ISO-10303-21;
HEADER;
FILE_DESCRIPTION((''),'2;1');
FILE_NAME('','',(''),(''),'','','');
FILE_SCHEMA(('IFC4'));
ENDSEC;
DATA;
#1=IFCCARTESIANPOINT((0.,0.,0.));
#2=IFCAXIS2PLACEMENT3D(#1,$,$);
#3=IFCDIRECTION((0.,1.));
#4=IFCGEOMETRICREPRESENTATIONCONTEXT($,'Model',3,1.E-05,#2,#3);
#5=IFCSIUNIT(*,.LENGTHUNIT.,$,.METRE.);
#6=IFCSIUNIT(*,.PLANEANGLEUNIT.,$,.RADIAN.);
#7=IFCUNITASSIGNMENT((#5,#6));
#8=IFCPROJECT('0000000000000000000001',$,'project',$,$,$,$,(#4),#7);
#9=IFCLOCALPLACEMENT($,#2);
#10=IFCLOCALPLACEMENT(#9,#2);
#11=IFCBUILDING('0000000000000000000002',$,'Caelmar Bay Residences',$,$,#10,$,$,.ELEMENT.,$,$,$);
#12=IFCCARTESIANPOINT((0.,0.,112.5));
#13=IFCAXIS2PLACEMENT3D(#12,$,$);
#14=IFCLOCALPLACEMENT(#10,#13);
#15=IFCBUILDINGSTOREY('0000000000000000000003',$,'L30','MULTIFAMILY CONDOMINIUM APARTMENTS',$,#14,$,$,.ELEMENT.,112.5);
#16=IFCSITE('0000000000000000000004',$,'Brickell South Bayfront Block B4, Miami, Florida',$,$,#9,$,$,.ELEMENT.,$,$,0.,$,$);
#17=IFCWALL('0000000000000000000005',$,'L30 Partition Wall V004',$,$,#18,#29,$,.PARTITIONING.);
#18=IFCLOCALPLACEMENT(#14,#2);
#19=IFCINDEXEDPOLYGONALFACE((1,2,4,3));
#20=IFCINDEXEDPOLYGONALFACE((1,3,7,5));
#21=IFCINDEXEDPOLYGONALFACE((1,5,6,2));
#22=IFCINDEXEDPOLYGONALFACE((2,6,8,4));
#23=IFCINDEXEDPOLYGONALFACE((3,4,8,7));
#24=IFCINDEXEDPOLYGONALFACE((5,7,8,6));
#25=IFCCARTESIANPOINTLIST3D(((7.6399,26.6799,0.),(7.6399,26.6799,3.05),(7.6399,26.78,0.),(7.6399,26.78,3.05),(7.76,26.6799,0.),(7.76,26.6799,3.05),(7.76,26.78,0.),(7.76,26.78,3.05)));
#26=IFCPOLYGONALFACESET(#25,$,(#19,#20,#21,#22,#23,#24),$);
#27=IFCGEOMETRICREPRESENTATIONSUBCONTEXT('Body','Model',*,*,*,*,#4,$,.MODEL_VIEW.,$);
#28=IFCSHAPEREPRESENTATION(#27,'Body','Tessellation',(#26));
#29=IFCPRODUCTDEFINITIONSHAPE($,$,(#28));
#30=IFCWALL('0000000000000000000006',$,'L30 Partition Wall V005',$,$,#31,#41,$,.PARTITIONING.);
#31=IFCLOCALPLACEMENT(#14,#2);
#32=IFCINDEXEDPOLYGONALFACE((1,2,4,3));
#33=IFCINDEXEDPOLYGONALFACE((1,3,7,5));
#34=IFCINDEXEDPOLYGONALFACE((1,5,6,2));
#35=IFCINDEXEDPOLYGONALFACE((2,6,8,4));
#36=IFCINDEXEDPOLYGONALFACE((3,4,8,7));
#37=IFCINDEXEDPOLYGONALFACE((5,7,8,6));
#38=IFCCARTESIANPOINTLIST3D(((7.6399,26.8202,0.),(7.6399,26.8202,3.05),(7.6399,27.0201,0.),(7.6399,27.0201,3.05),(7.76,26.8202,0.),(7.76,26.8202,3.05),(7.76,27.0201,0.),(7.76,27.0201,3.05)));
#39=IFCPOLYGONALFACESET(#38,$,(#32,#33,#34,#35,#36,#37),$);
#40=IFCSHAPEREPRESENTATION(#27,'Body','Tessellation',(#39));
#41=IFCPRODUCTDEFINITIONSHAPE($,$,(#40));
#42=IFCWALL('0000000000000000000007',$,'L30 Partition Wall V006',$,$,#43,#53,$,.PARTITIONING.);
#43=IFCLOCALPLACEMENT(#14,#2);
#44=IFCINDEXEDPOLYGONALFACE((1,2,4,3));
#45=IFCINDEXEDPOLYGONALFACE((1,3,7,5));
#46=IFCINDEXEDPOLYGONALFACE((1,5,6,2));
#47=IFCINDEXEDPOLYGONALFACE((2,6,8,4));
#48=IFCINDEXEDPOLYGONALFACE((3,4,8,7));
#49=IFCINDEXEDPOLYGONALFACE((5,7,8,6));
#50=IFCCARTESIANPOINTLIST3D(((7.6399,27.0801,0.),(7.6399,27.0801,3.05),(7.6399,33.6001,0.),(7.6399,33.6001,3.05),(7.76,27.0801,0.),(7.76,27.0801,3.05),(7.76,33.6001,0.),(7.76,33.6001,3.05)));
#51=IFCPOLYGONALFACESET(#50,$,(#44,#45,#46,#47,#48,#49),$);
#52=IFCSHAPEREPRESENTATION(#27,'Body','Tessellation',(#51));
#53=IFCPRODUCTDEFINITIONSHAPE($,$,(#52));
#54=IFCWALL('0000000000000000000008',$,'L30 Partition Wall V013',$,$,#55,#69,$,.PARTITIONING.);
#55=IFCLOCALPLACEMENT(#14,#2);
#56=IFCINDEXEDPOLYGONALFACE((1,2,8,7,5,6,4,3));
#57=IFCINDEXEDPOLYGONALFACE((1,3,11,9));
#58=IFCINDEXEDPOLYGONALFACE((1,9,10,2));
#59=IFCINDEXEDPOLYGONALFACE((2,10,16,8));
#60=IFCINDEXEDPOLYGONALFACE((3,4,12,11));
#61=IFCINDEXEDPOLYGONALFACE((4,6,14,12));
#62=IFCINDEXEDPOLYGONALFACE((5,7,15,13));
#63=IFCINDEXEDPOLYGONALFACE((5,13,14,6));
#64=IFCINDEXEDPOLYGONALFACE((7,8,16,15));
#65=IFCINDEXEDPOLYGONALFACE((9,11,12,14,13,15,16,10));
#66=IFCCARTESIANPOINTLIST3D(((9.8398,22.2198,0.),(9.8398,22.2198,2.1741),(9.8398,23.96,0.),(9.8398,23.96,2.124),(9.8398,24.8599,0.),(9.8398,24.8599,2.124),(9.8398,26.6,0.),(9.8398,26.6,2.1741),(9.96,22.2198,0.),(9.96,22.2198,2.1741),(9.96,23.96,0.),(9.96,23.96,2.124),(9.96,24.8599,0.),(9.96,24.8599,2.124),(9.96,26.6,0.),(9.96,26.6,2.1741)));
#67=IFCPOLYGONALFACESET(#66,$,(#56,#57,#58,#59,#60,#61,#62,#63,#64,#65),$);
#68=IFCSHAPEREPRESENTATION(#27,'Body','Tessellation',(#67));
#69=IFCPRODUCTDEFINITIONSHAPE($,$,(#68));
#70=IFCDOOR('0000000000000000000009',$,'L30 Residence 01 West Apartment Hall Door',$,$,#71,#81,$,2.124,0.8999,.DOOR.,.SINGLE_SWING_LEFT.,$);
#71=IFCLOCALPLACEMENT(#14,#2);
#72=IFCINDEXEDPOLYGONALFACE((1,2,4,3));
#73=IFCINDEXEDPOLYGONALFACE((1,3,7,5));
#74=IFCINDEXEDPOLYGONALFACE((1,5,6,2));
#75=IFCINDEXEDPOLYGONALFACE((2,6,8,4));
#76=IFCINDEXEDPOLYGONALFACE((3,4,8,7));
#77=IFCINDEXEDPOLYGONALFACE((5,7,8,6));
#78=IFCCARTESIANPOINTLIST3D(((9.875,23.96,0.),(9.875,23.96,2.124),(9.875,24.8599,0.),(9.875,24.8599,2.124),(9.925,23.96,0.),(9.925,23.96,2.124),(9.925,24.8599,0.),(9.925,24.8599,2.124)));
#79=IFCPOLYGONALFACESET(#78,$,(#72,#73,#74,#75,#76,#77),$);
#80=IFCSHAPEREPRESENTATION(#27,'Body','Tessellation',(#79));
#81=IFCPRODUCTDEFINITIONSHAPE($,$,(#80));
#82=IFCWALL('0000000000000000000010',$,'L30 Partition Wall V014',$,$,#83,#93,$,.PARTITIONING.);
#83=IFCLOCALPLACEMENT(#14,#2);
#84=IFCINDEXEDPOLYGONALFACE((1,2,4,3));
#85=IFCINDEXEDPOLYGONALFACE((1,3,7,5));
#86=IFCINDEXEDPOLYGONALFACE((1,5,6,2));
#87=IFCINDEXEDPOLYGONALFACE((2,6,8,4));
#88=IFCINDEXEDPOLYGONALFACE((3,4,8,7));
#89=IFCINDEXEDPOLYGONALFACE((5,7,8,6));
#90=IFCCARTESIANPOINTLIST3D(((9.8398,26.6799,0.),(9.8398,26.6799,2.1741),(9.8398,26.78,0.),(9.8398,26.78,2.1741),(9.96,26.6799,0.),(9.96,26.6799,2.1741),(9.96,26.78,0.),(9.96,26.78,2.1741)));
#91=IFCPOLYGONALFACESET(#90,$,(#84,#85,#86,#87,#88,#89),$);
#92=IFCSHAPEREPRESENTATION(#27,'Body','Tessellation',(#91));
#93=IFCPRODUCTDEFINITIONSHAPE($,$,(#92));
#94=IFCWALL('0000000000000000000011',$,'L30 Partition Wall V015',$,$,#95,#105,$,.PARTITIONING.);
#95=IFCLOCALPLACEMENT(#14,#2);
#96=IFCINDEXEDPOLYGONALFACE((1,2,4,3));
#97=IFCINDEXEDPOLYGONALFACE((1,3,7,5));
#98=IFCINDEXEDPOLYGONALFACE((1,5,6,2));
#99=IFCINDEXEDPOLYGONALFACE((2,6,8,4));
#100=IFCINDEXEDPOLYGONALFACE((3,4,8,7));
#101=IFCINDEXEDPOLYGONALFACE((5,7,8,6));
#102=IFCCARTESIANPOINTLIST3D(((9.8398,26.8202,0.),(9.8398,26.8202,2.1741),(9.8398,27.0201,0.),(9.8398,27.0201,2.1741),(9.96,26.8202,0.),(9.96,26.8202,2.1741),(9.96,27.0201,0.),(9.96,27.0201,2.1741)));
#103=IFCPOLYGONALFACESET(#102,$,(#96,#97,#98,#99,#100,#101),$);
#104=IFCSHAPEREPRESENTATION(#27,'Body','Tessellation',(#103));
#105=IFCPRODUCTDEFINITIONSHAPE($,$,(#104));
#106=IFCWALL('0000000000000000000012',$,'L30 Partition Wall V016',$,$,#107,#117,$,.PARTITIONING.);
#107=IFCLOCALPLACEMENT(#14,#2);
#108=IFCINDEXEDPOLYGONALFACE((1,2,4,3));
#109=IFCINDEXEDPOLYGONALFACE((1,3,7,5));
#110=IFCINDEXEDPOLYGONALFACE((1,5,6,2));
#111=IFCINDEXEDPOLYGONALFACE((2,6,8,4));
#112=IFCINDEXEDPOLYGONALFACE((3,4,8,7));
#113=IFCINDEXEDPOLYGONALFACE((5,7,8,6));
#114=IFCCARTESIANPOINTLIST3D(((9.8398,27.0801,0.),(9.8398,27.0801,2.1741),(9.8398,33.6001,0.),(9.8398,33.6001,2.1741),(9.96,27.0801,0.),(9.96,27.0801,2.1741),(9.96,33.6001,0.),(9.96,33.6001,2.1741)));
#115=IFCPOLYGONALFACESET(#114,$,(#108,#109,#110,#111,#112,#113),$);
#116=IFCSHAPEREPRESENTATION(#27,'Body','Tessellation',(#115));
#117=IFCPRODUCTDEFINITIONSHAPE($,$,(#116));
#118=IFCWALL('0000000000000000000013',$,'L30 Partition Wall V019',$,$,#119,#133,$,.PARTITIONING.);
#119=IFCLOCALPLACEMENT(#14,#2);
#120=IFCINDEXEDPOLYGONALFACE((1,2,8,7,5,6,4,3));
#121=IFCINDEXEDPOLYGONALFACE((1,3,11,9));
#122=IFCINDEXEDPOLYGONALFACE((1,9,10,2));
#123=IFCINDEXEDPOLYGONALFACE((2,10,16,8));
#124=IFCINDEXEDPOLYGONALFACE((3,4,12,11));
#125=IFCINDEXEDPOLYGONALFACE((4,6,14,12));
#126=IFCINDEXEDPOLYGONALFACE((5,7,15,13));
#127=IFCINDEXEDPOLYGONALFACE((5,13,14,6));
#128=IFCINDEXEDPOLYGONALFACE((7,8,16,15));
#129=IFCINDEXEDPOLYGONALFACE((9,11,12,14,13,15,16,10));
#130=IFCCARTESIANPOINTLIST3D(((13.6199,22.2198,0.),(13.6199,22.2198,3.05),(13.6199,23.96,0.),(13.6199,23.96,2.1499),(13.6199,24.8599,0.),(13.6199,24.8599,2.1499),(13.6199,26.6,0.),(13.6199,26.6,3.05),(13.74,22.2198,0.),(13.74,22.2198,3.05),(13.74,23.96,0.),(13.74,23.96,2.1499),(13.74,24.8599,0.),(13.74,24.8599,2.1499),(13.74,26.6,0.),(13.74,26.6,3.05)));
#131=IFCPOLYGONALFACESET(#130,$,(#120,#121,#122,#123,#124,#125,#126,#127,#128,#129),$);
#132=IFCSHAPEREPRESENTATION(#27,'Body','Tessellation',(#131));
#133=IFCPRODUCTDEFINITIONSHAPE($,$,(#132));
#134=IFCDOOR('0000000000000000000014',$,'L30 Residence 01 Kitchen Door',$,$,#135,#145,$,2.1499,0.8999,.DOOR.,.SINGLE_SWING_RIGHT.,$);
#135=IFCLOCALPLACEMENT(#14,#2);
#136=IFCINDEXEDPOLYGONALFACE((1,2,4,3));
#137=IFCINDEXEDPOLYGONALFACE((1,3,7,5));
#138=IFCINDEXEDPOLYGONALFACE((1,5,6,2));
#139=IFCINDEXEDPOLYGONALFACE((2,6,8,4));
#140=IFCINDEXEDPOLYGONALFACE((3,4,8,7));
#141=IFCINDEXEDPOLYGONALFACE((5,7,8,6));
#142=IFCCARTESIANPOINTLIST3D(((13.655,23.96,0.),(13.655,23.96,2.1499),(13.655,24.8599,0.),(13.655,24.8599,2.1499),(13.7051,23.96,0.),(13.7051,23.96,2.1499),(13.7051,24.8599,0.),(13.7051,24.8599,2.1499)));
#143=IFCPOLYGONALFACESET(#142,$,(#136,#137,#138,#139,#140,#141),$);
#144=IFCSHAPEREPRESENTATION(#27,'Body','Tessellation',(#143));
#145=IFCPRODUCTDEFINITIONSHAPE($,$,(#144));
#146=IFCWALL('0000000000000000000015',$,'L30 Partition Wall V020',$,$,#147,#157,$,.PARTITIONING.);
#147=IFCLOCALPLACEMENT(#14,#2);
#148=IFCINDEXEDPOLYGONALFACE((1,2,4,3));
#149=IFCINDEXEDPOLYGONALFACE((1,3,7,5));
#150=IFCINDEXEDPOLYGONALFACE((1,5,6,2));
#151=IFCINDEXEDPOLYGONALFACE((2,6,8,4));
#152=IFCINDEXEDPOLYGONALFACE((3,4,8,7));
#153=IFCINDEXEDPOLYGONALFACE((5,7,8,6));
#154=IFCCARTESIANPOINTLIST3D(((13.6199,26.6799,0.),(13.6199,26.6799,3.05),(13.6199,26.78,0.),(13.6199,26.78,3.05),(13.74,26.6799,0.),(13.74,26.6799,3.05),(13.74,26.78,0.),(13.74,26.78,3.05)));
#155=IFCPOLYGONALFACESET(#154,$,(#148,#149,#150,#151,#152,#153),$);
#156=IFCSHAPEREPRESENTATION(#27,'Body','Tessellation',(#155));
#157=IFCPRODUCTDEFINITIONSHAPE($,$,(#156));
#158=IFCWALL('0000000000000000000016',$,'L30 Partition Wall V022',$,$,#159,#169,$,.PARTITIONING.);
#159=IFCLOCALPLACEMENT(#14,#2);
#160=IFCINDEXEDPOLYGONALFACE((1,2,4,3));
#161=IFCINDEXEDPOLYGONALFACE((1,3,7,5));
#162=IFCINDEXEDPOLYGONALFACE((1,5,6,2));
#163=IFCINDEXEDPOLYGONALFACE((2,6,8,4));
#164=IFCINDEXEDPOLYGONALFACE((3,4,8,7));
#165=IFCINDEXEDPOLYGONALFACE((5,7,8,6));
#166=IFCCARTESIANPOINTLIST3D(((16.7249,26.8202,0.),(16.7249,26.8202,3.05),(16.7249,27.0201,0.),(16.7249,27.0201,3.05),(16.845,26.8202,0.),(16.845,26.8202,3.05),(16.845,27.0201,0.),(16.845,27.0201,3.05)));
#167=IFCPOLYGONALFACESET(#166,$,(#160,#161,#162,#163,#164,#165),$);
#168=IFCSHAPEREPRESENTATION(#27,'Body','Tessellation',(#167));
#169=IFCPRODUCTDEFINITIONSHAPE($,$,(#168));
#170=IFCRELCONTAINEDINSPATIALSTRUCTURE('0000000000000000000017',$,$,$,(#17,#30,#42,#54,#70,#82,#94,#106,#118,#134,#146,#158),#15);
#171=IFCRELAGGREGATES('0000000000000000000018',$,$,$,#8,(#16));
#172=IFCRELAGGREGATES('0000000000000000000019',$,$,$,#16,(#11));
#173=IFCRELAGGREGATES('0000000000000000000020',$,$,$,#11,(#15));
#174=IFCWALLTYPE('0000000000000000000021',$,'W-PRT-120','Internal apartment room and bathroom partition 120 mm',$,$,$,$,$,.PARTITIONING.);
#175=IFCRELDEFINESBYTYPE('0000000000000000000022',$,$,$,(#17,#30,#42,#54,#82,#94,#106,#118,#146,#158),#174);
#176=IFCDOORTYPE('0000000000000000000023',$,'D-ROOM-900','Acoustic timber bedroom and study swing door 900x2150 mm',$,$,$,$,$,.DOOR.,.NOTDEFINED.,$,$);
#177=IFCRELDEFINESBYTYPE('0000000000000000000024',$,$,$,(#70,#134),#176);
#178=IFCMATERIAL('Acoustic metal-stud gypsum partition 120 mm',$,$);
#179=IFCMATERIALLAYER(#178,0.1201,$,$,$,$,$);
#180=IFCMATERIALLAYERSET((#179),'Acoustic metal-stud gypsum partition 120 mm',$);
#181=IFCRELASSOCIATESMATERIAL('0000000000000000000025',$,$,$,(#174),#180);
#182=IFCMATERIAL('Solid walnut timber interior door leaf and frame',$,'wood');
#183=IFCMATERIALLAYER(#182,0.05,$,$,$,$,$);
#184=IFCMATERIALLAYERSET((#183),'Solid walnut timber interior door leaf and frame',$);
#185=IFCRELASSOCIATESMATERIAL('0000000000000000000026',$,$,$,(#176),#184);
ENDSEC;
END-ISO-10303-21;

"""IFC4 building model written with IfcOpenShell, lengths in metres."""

from ifc_helpers import new_model, si_unit, direction, frame, frame_2d, origin, place, context, subcontext, project, spatial, rectangle, extrude, material, layer, layer_set, type_object, element, fill, save


model = new_model("IFC4")

# Units and contexts
model_context = context("Model", 3, precision=1e-05, world=origin(), true_north=direction((0.0, 1.0)))
body_context = subcontext(model_context, "Body", "Model", "MODEL_VIEW")
ifc_project = project(units=[si_unit("LENGTHUNIT", "METRE"), si_unit("PLANEANGLEUNIT", "RADIAN")], contexts=[model_context])

# Site, building, storey
site_placement = place(None, origin())
site = spatial("IfcSite", under=ifc_project, at=site_placement, Name="Brickell South Bayfront Block B4, Miami, Florida", CompositionType="ELEMENT", RefElevation=0.0)
building_placement = place(site_placement, origin())
building = spatial("IfcBuilding", under=site, at=building_placement, Name="Caelmar Bay Residences", CompositionType="ELEMENT")
storey_placement = place(building_placement, frame((0.0, 0.0, 112.5)))
storey = spatial("IfcBuildingStorey", under=building, at=storey_placement, Name="L30", Description="MULTIFAMILY CONDOMINIUM APARTMENTS", CompositionType="ELEMENT", Elevation=112.5)

# Walls
ifc_material_1 = material(Name="Acoustic metal-stud gypsum partition 120 mm")
ifc_layer_1 = layer(ifc_material_1, 0.1201)
ifc_layer_set_1 = layer_set([ifc_layer_1], Name="Acoustic metal-stud gypsum partition 120 mm")
wall_type_1 = type_object("IfcWallType", Name="W-PRT-120", Description="Internal apartment room and bathroom partition 120 mm", PredefinedType="PARTITIONING", material=ifc_layer_set_1)
wall_1_placement = place(storey_placement, frame((7.7, 26.6799, 0.0), z_axis=(0.0, 0.0, 1.0), x_axis=(0.0, 1.0, 0.0)))
element("IfcWall", 1, at=wall_1_placement, inside=storey, type_object=wall_type_1, Name="L30 Partition Wall V004", PredefinedType="PARTITIONING", context=body_context, shape_type="SweptSolid", body=[
    extrude(rectangle(XDim=0.1001, YDim=0.1201, at=frame_2d((0.05, 0.0))), origin(), (0.0, 0.0, 1.0), 3.05),
])
wall_2_placement = place(storey_placement, frame((7.7, 26.8201, 0.0), z_axis=(0.0, 0.0, 1.0), x_axis=(0.0, 1.0, 0.0)))
element("IfcWall", 2, at=wall_2_placement, inside=storey, type_object=wall_type_1, Name="L30 Partition Wall V005", PredefinedType="PARTITIONING", context=body_context, shape_type="SweptSolid", body=[
    extrude(rectangle(XDim=0.2, YDim=0.1201, at=frame_2d((0.1001, 0.0))), origin(), (0.0, 0.0, 1.0), 3.05),
])
wall_3_placement = place(storey_placement, frame((7.7, 27.0801, 0.0), z_axis=(0.0, 0.0, 1.0), x_axis=(0.0, 1.0, 0.0)))
element("IfcWall", 3, at=wall_3_placement, inside=storey, type_object=wall_type_1, Name="L30 Partition Wall V006", PredefinedType="PARTITIONING", context=body_context, shape_type="SweptSolid", body=[
    extrude(rectangle(XDim=6.52, YDim=0.1201, at=frame_2d((3.26, 0.0))), origin(), (0.0, 0.0, 1.0), 3.05),
])

# Wall, opening, door
wall_4_placement = place(storey_placement, frame((9.8999, 22.22, 0.0), z_axis=(0.0, 0.0, 1.0), x_axis=(0.0, 1.0, 0.0)))
wall_4 = element("IfcWall", 4, at=wall_4_placement, inside=storey, type_object=wall_type_1, Name="L30 Partition Wall V013", PredefinedType="PARTITIONING", context=body_context, shape_type="SweptSolid", body=[
    extrude(rectangle(XDim=4.3801, YDim=0.1201, at=frame_2d((2.1899, 0.0))), origin(), (0.0, 0.0, 1.0), 2.1741),
])
opening_1_placement = place(wall_4_placement, frame((1.74, 0.0, 0.0)))
opening_1 = element("IfcOpeningElement", 5, at=opening_1_placement, cuts=wall_4, PredefinedType="OPENING", context=body_context, shape_type="SweptSolid", body=[
    extrude(rectangle(XDim=0.8999, YDim=2.124, at=frame_2d((0.45, 1.062))), frame((0.0, 0.0701, 0.0), z_axis=(0.0, -1.0, 0.0), x_axis=(1.0, 0.0, 0.0)), (0.0, 0.0, 1.0), 0.1401),
])
ifc_material_2 = material(Name="Solid walnut timber interior door leaf and frame", Category="wood")
ifc_layer_2 = layer(ifc_material_2, 0.05)
ifc_layer_set_2 = layer_set([ifc_layer_2], Name="Solid walnut timber interior door leaf and frame")
door_type_1 = type_object("IfcDoorType", Name="D-ROOM-900", Description="Acoustic timber bedroom and study swing door 900x2150 mm", OperationType="NOTDEFINED", PredefinedType="DOOR", material=ifc_layer_set_2)
door_1_placement = place(opening_1_placement, origin())
door_1 = element("IfcDoor", 6, at=door_1_placement, inside=storey, type_object=door_type_1, Name="L30 Residence 01 West Apartment Hall Door", OperationType="SINGLE_SWING_LEFT", OverallHeight=2.124, OverallWidth=0.8999, PredefinedType="DOOR", context=body_context, shape_type="SweptSolid", body=[
    extrude(rectangle(XDim=0.8999, YDim=2.124, at=frame_2d((0.45, 1.062))), frame((0.0, 0.0249, 0.0), z_axis=(0.0, -1.0, 0.0), x_axis=(1.0, 0.0, 0.0)), (0.0, 0.0, 1.0), 0.05),
])
fill(opening_1, door_1)

# Walls
wall_5_placement = place(storey_placement, frame((9.8999, 26.6799, 0.0), z_axis=(0.0, 0.0, 1.0), x_axis=(0.0, 1.0, 0.0)))
element("IfcWall", 7, at=wall_5_placement, inside=storey, type_object=wall_type_1, Name="L30 Partition Wall V014", PredefinedType="PARTITIONING", context=body_context, shape_type="SweptSolid", body=[
    extrude(rectangle(XDim=0.1001, YDim=0.1201, at=frame_2d((0.05, 0.0))), origin(), (0.0, 0.0, 1.0), 2.1741),
])
wall_6_placement = place(storey_placement, frame((9.8999, 26.8201, 0.0), z_axis=(0.0, 0.0, 1.0), x_axis=(0.0, 1.0, 0.0)))
element("IfcWall", 8, at=wall_6_placement, inside=storey, type_object=wall_type_1, Name="L30 Partition Wall V015", PredefinedType="PARTITIONING", context=body_context, shape_type="SweptSolid", body=[
    extrude(rectangle(XDim=0.2, YDim=0.1201, at=frame_2d((0.1001, 0.0))), origin(), (0.0, 0.0, 1.0), 2.1741),
])
wall_7_placement = place(storey_placement, frame((9.8999, 27.0801, 0.0), z_axis=(0.0, 0.0, 1.0), x_axis=(0.0, 1.0, 0.0)))
element("IfcWall", 9, at=wall_7_placement, inside=storey, type_object=wall_type_1, Name="L30 Partition Wall V016", PredefinedType="PARTITIONING", context=body_context, shape_type="SweptSolid", body=[
    extrude(rectangle(XDim=6.52, YDim=0.1201, at=frame_2d((3.26, 0.0))), origin(), (0.0, 0.0, 1.0), 2.1741),
])

# Wall, opening, door
wall_8_placement = place(storey_placement, frame((13.6799, 22.22, 0.0), z_axis=(0.0, 0.0, 1.0), x_axis=(0.0, 1.0, 0.0)))
wall_8 = element("IfcWall", 10, at=wall_8_placement, inside=storey, type_object=wall_type_1, Name="L30 Partition Wall V019", PredefinedType="PARTITIONING", context=body_context, shape_type="SweptSolid", body=[
    extrude(rectangle(XDim=4.3801, YDim=0.1201, at=frame_2d((2.1899, 0.0))), origin(), (0.0, 0.0, 1.0), 3.05),
])
opening_2_placement = place(wall_8_placement, frame((1.74, 0.0, 0.0)))
opening_2 = element("IfcOpeningElement", 11, at=opening_2_placement, cuts=wall_8, PredefinedType="OPENING", context=body_context, shape_type="SweptSolid", body=[
    extrude(rectangle(XDim=0.8999, YDim=2.1499, at=frame_2d((0.45, 1.075))), frame((0.0, 0.0701, 0.0), z_axis=(0.0, -1.0, 0.0), x_axis=(1.0, 0.0, 0.0)), (0.0, 0.0, 1.0), 0.1401),
])
door_2_placement = place(opening_2_placement, origin())
door_2 = element("IfcDoor", 12, at=door_2_placement, inside=storey, type_object=door_type_1, Name="L30 Residence 01 Kitchen Door", OperationType="SINGLE_SWING_RIGHT", OverallHeight=2.1499, OverallWidth=0.8999, PredefinedType="DOOR", context=body_context, shape_type="SweptSolid", body=[
    extrude(rectangle(XDim=0.8999, YDim=2.1499, at=frame_2d((0.45, 1.075))), frame((0.0, 0.0249, 0.0), z_axis=(0.0, -1.0, 0.0), x_axis=(1.0, 0.0, 0.0)), (0.0, 0.0, 1.0), 0.05),
])
fill(opening_2, door_2)

# Walls
wall_9_placement = place(storey_placement, frame((13.6799, 26.6799, 0.0), z_axis=(0.0, 0.0, 1.0), x_axis=(0.0, 1.0, 0.0)))
element("IfcWall", 13, at=wall_9_placement, inside=storey, type_object=wall_type_1, Name="L30 Partition Wall V020", PredefinedType="PARTITIONING", context=body_context, shape_type="SweptSolid", body=[
    extrude(rectangle(XDim=0.1001, YDim=0.1201, at=frame_2d((0.05, 0.0))), origin(), (0.0, 0.0, 1.0), 3.05),
])
wall_10_placement = place(storey_placement, frame((16.7849, 26.8201, 0.0), z_axis=(0.0, 0.0, 1.0), x_axis=(0.0, 1.0, 0.0)))
element("IfcWall", 14, at=wall_10_placement, inside=storey, type_object=wall_type_1, Name="L30 Partition Wall V022", PredefinedType="PARTITIONING", context=body_context, shape_type="SweptSolid", body=[
    extrude(rectangle(XDim=0.2, YDim=0.1201, at=frame_2d((0.1001, 0.0))), origin(), (0.0, 0.0, 1.0), 3.05),
])

save(model, "model.ifc")
